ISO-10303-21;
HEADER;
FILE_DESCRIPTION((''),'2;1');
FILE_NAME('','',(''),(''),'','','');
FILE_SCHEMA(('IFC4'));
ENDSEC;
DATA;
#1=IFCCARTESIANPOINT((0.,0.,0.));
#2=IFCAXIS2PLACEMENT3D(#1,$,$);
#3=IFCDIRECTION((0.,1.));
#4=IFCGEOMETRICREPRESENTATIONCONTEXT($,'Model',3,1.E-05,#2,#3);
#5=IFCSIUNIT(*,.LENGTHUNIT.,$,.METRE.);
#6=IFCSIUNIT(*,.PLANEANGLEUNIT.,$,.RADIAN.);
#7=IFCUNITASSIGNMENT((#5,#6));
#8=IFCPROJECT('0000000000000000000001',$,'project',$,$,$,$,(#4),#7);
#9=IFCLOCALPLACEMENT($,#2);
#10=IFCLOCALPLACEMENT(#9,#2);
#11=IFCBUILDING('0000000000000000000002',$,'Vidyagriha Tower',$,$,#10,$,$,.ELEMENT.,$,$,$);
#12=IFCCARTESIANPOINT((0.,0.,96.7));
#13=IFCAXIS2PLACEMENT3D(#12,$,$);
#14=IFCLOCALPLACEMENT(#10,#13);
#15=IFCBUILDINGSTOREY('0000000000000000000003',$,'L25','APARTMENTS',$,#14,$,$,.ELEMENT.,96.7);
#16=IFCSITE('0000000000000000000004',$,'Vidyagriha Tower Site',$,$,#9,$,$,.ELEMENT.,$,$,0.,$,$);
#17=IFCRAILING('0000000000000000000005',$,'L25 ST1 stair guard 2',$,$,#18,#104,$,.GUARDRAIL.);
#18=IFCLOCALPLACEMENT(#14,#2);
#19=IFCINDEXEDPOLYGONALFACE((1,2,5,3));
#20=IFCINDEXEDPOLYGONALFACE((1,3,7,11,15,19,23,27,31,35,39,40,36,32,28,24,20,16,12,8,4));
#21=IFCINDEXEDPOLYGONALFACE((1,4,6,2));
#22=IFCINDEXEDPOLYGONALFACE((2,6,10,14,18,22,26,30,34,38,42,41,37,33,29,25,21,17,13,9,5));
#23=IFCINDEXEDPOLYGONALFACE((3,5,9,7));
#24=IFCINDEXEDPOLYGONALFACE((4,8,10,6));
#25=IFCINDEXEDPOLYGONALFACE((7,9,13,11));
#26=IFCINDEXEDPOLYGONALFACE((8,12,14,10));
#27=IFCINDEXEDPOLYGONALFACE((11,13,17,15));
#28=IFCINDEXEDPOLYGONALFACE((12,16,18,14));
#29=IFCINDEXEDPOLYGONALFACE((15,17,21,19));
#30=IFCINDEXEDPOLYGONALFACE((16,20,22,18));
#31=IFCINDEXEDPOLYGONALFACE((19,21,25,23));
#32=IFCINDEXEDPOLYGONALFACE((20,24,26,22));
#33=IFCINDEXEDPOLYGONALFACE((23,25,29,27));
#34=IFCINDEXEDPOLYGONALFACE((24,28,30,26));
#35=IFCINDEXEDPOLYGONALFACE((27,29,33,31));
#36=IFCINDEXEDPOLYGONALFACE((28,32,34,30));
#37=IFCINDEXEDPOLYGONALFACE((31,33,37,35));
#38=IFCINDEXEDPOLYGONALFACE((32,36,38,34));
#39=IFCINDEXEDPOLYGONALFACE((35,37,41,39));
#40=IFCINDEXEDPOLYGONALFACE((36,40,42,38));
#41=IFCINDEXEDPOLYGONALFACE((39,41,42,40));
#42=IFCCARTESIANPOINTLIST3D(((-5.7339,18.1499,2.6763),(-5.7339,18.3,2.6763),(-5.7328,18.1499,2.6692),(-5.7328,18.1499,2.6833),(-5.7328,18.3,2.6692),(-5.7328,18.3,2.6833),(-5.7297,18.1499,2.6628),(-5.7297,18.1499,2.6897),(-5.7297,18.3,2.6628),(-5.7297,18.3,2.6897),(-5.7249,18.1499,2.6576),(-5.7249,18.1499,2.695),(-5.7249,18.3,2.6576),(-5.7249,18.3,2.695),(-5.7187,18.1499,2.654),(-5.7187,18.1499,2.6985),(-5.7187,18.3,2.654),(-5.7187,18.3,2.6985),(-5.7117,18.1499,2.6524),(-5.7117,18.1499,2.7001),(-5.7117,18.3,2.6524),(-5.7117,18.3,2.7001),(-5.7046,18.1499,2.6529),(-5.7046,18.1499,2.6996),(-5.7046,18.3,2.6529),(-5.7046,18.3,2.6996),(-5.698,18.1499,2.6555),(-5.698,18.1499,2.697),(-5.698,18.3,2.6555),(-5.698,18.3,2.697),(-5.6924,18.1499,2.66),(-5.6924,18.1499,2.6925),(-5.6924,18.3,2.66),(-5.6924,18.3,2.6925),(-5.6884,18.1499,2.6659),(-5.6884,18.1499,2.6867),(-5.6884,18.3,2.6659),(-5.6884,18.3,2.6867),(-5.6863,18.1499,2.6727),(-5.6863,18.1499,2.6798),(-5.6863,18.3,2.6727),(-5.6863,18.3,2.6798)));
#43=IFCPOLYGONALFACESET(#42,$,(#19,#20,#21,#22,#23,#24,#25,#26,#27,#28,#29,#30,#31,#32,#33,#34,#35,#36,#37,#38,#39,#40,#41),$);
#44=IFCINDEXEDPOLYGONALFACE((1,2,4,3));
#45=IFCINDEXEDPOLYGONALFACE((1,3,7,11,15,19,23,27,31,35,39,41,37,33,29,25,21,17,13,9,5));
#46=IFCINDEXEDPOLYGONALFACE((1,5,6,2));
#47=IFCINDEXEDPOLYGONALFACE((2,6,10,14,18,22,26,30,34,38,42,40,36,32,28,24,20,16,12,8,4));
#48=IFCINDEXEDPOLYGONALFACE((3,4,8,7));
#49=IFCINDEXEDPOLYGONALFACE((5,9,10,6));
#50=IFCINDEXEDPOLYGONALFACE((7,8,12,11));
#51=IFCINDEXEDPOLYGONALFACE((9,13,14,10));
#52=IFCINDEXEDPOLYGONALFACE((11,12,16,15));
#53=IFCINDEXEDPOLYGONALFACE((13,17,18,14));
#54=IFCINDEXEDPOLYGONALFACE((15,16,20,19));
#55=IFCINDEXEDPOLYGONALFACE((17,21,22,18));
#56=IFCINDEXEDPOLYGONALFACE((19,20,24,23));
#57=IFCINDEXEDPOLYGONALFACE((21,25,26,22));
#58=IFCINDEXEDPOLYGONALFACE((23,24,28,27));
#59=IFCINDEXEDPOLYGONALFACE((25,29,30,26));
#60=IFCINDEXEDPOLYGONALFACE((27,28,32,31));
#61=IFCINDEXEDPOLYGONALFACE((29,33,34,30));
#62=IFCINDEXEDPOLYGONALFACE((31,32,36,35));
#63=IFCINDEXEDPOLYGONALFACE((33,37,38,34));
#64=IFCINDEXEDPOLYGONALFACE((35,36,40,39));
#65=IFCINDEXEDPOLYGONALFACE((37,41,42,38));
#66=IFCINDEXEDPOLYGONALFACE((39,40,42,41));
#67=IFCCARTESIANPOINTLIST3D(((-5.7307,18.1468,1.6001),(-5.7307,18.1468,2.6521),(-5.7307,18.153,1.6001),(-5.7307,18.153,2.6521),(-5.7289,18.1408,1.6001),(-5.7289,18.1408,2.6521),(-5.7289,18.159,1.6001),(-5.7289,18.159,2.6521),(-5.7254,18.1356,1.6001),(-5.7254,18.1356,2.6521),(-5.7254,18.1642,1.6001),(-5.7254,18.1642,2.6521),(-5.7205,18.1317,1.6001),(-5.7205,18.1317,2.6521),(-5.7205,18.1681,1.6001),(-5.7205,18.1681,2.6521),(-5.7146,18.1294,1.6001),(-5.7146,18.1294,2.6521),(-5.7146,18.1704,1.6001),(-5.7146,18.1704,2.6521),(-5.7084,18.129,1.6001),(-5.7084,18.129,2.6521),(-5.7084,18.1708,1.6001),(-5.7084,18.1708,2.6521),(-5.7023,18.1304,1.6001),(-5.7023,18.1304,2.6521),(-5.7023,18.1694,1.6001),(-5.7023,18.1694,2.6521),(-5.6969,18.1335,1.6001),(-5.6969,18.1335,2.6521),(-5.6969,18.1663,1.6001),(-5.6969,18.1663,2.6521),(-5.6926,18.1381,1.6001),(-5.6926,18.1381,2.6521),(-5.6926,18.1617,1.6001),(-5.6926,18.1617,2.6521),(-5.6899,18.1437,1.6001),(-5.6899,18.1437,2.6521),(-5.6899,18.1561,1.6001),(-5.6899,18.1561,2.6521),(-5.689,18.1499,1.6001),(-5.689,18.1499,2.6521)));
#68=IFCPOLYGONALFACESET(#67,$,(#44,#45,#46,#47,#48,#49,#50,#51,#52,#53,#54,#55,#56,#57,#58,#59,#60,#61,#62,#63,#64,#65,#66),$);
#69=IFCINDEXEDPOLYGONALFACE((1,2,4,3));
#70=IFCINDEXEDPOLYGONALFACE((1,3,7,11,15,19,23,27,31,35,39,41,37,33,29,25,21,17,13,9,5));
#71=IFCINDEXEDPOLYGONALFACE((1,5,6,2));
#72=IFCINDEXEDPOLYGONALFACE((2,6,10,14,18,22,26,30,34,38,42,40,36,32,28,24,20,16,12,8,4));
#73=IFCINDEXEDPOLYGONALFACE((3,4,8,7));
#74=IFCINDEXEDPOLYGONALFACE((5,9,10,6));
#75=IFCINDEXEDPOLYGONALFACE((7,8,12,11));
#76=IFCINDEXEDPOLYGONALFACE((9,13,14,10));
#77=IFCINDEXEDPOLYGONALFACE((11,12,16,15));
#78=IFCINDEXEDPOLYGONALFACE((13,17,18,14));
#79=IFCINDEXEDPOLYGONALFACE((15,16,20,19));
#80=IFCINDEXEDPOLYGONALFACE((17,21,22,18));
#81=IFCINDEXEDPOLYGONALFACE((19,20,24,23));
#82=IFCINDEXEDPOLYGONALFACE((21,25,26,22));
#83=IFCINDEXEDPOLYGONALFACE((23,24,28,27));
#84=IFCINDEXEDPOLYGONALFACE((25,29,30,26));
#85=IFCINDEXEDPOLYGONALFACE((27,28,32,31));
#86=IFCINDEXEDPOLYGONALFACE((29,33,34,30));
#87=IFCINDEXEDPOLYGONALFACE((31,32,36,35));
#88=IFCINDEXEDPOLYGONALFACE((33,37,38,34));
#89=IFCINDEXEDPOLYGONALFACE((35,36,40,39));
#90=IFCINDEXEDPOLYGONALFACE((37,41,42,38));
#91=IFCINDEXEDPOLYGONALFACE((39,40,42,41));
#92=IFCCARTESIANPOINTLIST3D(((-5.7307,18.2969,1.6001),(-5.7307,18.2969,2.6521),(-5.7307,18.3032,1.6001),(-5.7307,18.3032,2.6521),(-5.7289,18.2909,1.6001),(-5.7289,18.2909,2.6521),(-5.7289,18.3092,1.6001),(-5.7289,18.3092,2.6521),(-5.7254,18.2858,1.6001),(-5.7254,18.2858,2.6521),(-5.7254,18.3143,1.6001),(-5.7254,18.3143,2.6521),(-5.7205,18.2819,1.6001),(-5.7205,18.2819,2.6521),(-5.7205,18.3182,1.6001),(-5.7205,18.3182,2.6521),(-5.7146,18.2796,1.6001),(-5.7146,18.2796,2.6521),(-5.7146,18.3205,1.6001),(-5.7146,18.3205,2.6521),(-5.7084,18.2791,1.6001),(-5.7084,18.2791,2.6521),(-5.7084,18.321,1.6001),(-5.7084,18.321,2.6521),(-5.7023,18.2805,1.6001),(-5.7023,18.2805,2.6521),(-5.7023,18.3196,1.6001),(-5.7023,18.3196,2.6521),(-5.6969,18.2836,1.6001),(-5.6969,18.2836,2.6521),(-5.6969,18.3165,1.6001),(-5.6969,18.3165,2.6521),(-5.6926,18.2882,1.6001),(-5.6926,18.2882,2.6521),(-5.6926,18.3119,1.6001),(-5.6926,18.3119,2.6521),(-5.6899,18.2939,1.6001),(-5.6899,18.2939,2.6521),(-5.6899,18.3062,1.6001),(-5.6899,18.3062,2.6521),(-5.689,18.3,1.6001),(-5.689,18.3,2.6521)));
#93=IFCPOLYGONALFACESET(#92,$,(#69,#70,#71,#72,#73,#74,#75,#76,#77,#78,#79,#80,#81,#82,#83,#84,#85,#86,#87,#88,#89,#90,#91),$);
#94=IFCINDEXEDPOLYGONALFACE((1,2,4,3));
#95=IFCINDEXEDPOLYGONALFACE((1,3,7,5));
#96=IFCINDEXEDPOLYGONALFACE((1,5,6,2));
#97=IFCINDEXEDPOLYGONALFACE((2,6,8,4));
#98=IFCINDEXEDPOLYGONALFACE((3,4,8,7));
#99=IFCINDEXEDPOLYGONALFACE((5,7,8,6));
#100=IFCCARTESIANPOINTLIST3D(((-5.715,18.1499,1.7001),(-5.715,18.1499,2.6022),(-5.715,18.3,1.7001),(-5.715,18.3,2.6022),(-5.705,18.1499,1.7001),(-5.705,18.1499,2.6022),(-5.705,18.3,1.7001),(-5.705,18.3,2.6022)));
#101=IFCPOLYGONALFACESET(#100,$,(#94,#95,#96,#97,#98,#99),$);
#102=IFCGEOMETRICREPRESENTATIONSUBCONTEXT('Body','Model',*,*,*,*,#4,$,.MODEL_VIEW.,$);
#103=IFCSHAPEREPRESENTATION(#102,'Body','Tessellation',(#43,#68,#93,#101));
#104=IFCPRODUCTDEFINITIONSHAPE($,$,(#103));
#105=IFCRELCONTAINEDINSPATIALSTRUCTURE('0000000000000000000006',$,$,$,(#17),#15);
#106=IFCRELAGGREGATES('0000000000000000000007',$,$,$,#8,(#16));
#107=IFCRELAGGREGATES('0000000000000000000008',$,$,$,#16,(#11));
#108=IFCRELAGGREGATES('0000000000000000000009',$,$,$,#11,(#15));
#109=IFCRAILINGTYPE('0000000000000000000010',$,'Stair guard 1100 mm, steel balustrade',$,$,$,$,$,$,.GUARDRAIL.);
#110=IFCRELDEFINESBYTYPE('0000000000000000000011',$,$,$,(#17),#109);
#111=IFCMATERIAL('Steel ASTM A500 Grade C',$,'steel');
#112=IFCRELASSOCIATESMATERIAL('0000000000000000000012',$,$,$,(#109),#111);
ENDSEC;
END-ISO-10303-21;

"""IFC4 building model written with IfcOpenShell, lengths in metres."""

from ifc_helpers import new_model, si_unit, direction, frame, origin, origin_2d, place, context, subcontext, project, spatial, rectangle, circle, extrude, material, type_object, element, save


model = new_model("IFC4")

# Units and contexts
model_context = context("Model", 3, precision=1e-05, world=origin(), true_north=direction((0.0, 1.0)))
body_context = subcontext(model_context, "Body", "Model", "MODEL_VIEW")
ifc_project = project(units=[si_unit("LENGTHUNIT", "METRE"), si_unit("PLANEANGLEUNIT", "RADIAN")], contexts=[model_context])

# Site, building, storey
site_placement = place(None, origin())
site = spatial("IfcSite", under=ifc_project, at=site_placement, Name="Vidyagriha Tower Site", CompositionType="ELEMENT", RefElevation=0.0)
building_placement = place(site_placement, origin())
building = spatial("IfcBuilding", under=site, at=building_placement, Name="Vidyagriha Tower", CompositionType="ELEMENT")
storey_placement = place(building_placement, frame((0.0, 0.0, 96.7)))
storey = spatial("IfcBuildingStorey", under=building, at=storey_placement, Name="L25", Description="APARTMENTS", CompositionType="ELEMENT", Elevation=96.7)

# Railing
ifc_material_1 = material(Name="Steel ASTM A500 Grade C", Category="steel")
railing_type_1 = type_object("IfcRailingType", Name="Stair guard 1100 mm, steel balustrade", PredefinedType="GUARDRAIL", material=ifc_material_1)
railing_1_placement = place(storey_placement, frame((-5.71, 18.1499, 1.6001)))
element("IfcRailing", 1, at=railing_1_placement, inside=storey, type_object=railing_type_1, Name="L25 ST1 stair guard 2", PredefinedType="GUARDRAIL", context=body_context, shape_type="SweptSolid", body=[
    extrude(circle(Radius=0.0239, at=origin_2d()), frame((0.0, 0.0, 1.0762), z_axis=(0.0, 1.0, 0.0), x_axis=(-1.0, 0.0, 0.0)), (0.0, 0.0, 1.0), 0.1501),
    extrude(circle(Radius=0.021, at=origin_2d()), origin(), (0.0, 0.0, 1.0), 1.052),
    extrude(circle(Radius=0.021, at=origin_2d()), frame((0.0, 0.1501, 0.0)), (0.0, 0.0, 1.0), 1.052),
    extrude(rectangle(XDim=0.01, YDim=0.9021, at=origin_2d()), frame((0.0, 0.0, 0.551), z_axis=(0.0, 1.0, 0.0), x_axis=(-1.0, 0.0, 0.0)), (0.0, 0.0, 1.0), 0.1501),
])

save(model, "model.ifc")
